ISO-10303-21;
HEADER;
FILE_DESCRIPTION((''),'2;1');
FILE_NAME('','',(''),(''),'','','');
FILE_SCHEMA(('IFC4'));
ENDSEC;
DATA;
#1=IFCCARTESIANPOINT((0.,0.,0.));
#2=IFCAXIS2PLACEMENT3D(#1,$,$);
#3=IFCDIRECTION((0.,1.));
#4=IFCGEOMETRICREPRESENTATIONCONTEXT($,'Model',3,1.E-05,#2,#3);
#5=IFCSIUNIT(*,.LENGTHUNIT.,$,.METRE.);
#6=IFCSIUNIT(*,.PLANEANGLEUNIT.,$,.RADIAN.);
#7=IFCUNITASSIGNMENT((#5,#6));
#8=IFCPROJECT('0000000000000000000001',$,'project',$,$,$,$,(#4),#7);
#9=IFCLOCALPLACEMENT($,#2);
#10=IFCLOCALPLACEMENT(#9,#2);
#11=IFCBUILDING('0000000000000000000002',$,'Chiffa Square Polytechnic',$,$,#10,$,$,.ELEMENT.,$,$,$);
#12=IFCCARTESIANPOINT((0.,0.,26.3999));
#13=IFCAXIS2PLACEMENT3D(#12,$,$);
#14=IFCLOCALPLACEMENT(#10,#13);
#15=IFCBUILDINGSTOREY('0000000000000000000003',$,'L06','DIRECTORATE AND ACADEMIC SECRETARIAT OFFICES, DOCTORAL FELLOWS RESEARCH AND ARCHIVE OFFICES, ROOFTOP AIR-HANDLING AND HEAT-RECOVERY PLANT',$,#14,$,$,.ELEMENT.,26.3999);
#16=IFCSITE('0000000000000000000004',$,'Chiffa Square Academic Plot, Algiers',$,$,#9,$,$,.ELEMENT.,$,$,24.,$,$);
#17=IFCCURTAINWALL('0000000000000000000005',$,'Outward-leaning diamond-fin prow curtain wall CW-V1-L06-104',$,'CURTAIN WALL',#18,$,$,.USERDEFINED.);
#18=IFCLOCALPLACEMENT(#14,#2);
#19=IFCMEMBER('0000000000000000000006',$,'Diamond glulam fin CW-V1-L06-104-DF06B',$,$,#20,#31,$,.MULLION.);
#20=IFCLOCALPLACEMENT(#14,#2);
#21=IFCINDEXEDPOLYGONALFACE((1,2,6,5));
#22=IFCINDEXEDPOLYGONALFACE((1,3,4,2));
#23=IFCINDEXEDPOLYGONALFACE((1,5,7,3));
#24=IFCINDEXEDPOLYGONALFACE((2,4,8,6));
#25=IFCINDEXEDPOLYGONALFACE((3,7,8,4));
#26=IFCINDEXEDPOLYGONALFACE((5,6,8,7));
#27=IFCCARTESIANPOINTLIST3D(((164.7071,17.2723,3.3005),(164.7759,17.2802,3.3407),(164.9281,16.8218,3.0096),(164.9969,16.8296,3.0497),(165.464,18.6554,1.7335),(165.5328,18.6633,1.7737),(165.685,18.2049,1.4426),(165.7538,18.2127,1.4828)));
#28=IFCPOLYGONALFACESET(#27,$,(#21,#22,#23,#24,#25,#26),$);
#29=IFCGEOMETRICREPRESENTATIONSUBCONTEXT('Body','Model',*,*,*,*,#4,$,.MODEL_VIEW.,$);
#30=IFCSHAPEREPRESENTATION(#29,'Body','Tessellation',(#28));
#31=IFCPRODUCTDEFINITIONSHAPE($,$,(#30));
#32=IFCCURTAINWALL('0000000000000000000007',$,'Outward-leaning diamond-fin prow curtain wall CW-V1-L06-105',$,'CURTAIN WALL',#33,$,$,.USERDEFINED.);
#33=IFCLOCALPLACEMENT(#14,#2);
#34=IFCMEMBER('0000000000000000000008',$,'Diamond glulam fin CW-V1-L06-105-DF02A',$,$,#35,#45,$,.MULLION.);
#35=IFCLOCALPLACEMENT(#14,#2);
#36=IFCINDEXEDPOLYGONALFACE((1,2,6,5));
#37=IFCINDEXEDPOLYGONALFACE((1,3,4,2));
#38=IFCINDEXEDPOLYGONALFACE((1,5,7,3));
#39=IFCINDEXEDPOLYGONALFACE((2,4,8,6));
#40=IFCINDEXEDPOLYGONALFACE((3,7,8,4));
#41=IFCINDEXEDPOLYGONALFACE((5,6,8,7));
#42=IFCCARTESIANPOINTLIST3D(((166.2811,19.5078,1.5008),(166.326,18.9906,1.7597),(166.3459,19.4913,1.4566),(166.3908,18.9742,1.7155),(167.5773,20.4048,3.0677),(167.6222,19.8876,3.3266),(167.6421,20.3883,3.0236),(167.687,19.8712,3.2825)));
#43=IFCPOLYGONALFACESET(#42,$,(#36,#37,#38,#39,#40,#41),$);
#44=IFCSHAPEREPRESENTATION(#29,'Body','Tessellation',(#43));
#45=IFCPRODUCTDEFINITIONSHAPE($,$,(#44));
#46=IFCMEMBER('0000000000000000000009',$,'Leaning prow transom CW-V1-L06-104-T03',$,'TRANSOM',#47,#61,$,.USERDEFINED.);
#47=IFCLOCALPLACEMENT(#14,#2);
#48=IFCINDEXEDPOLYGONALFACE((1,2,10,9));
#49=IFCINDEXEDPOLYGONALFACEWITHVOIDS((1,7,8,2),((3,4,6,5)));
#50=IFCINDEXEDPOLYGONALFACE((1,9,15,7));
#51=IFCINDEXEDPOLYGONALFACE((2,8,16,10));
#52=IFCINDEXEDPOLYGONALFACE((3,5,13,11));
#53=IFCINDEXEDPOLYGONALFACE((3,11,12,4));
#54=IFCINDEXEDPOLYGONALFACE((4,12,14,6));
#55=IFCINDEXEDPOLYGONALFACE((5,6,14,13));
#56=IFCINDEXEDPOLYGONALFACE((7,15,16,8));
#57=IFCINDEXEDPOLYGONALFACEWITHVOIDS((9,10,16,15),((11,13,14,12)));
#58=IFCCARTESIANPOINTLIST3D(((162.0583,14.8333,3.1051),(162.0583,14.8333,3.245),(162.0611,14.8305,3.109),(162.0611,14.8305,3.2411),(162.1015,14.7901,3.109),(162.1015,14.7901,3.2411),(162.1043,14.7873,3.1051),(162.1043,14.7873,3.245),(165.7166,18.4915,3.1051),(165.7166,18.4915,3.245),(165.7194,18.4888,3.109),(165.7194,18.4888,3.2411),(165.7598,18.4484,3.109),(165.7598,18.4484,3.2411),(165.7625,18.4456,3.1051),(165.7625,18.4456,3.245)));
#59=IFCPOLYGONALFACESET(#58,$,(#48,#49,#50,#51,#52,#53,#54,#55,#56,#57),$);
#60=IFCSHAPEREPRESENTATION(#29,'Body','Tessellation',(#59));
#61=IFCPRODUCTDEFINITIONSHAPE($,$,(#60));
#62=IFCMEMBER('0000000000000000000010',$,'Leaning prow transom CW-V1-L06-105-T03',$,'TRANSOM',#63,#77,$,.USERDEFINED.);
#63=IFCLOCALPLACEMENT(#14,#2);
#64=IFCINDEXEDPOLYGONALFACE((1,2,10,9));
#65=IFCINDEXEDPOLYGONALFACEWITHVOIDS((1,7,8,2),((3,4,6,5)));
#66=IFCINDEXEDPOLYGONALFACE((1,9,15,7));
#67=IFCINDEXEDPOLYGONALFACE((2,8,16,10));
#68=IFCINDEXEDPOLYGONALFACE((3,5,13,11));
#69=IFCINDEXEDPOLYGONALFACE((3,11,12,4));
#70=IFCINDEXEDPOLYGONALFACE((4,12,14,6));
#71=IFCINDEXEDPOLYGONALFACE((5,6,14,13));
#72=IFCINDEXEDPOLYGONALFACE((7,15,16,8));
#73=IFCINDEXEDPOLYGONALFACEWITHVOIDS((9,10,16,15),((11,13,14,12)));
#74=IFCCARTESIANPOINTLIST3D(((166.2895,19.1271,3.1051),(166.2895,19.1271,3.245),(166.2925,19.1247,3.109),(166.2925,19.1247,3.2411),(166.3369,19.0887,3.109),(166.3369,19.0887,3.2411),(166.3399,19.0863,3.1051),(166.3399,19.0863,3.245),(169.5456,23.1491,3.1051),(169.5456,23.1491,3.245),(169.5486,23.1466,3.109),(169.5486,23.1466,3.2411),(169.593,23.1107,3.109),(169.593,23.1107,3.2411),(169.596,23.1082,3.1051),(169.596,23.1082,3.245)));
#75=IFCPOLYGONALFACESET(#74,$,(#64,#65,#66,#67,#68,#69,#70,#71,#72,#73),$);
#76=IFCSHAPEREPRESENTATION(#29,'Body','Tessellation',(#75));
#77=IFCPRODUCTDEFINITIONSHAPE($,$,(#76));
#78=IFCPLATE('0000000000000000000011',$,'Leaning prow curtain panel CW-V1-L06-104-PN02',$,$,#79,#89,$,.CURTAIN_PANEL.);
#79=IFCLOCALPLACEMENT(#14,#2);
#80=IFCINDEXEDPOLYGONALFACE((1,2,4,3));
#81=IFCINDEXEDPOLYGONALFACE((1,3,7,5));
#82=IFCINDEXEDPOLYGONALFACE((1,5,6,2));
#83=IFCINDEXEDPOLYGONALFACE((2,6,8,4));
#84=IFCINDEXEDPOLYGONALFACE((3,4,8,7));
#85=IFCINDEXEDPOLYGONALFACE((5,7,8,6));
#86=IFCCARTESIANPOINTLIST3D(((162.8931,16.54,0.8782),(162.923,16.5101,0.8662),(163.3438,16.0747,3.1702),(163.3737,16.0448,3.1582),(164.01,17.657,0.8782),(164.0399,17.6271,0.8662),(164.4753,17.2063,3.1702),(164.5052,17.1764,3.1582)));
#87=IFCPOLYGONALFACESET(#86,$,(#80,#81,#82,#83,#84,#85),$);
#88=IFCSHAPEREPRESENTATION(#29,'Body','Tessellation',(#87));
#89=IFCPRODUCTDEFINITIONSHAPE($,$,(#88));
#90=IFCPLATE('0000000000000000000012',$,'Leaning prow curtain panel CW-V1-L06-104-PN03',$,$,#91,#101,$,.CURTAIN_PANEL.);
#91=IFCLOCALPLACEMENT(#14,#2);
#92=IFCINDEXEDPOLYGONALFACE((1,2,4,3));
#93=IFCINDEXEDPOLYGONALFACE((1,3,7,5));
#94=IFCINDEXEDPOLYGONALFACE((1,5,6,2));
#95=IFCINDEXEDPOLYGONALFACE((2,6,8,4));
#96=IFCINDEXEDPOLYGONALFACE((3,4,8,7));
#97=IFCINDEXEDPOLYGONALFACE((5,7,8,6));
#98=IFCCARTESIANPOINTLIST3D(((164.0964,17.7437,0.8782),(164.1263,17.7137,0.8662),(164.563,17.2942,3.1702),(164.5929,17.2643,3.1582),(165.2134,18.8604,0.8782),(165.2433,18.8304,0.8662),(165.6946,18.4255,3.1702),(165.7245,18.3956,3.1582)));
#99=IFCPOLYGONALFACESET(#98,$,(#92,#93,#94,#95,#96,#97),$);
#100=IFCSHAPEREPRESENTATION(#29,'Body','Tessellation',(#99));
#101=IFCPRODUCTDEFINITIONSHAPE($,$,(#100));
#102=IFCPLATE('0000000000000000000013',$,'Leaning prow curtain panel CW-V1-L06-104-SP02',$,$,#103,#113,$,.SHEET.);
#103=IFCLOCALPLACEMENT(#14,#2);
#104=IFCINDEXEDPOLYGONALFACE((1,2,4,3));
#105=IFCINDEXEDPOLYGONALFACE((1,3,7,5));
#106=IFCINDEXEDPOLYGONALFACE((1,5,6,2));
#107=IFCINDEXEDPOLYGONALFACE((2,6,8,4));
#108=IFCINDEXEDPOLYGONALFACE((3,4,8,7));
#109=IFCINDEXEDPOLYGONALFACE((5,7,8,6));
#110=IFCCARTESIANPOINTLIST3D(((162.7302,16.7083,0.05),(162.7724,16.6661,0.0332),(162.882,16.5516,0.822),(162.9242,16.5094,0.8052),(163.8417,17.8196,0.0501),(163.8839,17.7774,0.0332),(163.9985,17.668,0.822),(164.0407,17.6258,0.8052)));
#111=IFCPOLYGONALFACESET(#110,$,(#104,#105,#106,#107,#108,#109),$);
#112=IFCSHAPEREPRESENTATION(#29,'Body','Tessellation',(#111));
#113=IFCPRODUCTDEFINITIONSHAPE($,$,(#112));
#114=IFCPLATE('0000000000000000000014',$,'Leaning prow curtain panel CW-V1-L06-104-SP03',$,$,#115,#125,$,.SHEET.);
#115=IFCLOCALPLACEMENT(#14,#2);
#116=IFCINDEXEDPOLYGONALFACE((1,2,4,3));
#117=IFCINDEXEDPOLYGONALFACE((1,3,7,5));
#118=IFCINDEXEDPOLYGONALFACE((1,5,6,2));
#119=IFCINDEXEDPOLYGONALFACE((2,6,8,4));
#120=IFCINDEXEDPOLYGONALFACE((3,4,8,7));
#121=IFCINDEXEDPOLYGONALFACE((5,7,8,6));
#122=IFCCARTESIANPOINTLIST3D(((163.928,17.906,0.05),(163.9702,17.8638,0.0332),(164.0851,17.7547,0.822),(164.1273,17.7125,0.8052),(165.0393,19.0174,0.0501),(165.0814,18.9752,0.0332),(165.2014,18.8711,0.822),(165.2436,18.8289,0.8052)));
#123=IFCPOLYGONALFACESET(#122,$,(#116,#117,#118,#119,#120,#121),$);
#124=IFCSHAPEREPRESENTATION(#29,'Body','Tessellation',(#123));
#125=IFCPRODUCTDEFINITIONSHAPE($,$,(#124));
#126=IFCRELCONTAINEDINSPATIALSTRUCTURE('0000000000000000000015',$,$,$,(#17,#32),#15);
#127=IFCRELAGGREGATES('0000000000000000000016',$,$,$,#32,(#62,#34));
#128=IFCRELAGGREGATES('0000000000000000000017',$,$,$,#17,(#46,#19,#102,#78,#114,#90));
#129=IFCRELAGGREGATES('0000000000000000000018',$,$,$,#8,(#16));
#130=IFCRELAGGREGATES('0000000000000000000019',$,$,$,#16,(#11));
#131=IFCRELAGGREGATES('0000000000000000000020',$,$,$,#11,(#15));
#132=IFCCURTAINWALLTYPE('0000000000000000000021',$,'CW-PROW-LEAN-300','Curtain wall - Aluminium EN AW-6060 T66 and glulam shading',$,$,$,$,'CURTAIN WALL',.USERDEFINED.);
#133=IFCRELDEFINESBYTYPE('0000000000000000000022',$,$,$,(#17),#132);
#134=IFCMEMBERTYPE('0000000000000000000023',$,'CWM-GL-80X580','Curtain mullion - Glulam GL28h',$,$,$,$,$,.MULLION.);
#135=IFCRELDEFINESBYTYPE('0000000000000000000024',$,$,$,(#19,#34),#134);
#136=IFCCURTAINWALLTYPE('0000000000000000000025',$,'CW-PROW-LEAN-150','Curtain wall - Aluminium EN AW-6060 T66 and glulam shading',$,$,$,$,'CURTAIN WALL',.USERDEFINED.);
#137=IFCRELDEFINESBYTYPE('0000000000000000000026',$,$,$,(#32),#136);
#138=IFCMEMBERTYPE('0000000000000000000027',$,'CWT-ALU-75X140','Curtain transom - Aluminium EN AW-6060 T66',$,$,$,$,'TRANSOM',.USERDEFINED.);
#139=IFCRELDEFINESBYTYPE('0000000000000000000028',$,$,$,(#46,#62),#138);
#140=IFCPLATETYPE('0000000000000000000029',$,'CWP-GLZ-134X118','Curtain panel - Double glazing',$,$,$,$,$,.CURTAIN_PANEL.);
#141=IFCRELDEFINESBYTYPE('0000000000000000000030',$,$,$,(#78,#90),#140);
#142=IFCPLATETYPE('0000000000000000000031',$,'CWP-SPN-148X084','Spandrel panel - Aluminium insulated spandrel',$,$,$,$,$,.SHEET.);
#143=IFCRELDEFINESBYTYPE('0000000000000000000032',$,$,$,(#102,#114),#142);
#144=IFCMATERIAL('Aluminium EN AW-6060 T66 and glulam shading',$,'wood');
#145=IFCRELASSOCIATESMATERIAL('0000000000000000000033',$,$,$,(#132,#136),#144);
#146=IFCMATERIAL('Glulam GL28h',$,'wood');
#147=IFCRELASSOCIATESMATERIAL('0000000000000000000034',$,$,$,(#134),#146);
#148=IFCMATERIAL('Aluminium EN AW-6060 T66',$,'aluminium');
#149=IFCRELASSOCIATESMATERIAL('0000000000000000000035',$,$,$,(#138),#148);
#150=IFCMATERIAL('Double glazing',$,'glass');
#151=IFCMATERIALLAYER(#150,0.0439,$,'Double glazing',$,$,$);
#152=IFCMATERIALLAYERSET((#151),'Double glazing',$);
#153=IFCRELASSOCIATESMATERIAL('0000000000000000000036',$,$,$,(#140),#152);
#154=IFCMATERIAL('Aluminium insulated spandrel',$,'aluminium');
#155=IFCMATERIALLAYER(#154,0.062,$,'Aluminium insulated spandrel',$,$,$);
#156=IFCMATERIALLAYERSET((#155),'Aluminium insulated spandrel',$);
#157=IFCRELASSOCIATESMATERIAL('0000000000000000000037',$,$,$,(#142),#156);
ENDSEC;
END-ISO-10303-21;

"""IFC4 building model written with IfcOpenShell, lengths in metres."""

from ifc_helpers import new_model, si_unit, direction, frame, origin, origin_2d, place, context, subcontext, project, spatial, polyline, rectangle, hollow_rectangle, outline, extrude, material, layer, layer_set, material_profile, profile_set, type_object, element, aggregate, save


model = new_model("IFC4")

# Units and contexts
model_context = context("Model", 3, precision=1e-05, world=origin(), true_north=direction((0.0, 1.0)))
body_context = subcontext(model_context, "Body", "Model", "MODEL_VIEW")
ifc_project = project(units=[si_unit("LENGTHUNIT", "METRE"), si_unit("PLANEANGLEUNIT", "RADIAN")], contexts=[model_context])

# Site, building, storey
site_placement = place(None, origin())
site = spatial("IfcSite", under=ifc_project, at=site_placement, Name="Chiffa Square Academic Plot, Algiers", CompositionType="ELEMENT", RefElevation=24.0)
building_placement = place(site_placement, origin())
building = spatial("IfcBuilding", under=site, at=building_placement, Name="Chiffa Square Polytechnic", CompositionType="ELEMENT")
storey_placement = place(building_placement, frame((0.0, 0.0, 26.3999)))
storey = spatial("IfcBuildingStorey", under=building, at=storey_placement, Name="L06", Description="DIRECTORATE AND ACADEMIC SECRETARIAT OFFICES, DOCTORAL FELLOWS RESEARCH AND ARCHIVE OFFICES, ROOFTOP AIR-HANDLING AND HEAT-RECOVERY PLANT", CompositionType="ELEMENT", Elevation=26.3999)

# Curtain wall, member
ifc_material_1 = material(Name="Aluminium EN AW-6060 T66 and glulam shading", Category="wood")
curtain_wall_type_1 = type_object("IfcCurtainWallType", Name="CW-PROW-LEAN-300", Description="Curtain wall - Aluminium EN AW-6060 T66 and glulam shading", ElementType="CURTAIN WALL", PredefinedType="USERDEFINED", material=ifc_material_1)
curtain_wall_1_placement = place(storey_placement, origin())
curtain_wall_1 = element("IfcCurtainWall", 1, at=curtain_wall_1_placement, inside=storey, type_object=curtain_wall_type_1, Name="Outward-leaning diamond-fin prow curtain wall CW-V1-L06-104", ObjectType="CURTAIN WALL", PredefinedType="USERDEFINED")
ifc_material_2 = material(Name="Aluminium EN AW-6060 T66", Category="aluminium")
ifc_material_3 = material(Name="Glulam GL28h", Category="wood")
ifc_material_profile_1 = material_profile(ifc_material_3, rectangle(XDim=0.0801, YDim=0.5801, at=origin_2d()), Name="GL28h 80x580")
ifc_profile_set_1 = profile_set([ifc_material_profile_1], Name="Glulam GL28h")
member_type_1 = type_object("IfcMemberType", Name="CWM-GL-80X580", Description="Curtain mullion - Glulam GL28h", PredefinedType="MULLION", material=ifc_profile_set_1)
member_1_placement = place(storey_placement, frame((165.6089, 18.4341, 1.6082), z_axis=(-0.340489, -0.622216, 0.704922), x_axis=(0.859586, 0.097823, 0.50154)))
member_1 = element("IfcMember", 2, at=member_1_placement, type_object=member_type_1, Name="Diamond glulam fin CW-V1-L06-104-DF06B", PredefinedType="MULLION", context=body_context, shape_type="SweptSolid", body=[
    extrude(rectangle(XDim=0.0801, YDim=0.5801, at=origin_2d()), origin(), (0.0, 0.0, 1.0), 2.2229),
])

# Curtain wall, member
curtain_wall_type_2 = type_object("IfcCurtainWallType", Name="CW-PROW-LEAN-150", Description="Curtain wall - Aluminium EN AW-6060 T66 and glulam shading", ElementType="CURTAIN WALL", PredefinedType="USERDEFINED", material=ifc_material_1)
curtain_wall_2_placement = place(storey_placement, origin())
curtain_wall_2 = element("IfcCurtainWall", 3, at=curtain_wall_2_placement, inside=storey, type_object=curtain_wall_type_2, Name="Outward-leaning diamond-fin prow curtain wall CW-V1-L06-105", ObjectType="CURTAIN WALL", PredefinedType="USERDEFINED")
member_2_placement = place(storey_placement, frame((166.3359, 19.241, 1.6082), z_axis=(0.58318, 0.403579, 0.705), x_axis=(-0.808647, 0.205709, 0.551157)))
member_2 = element("IfcMember", 4, at=member_2_placement, type_object=member_type_1, Name="Diamond glulam fin CW-V1-L06-105-DF02A", PredefinedType="MULLION", context=body_context, shape_type="SweptSolid", body=[
    extrude(rectangle(XDim=0.0801, YDim=0.5801, at=origin_2d()), origin(), (0.0, 0.0, 1.0), 2.2227),
])

# Members
ifc_material_profile_2 = material_profile(ifc_material_2, hollow_rectangle(XDim=0.0649, YDim=0.1399, WallThickness=0.0039, at=origin_2d()), Name="ALU 65x140x4")
ifc_profile_set_2 = profile_set([ifc_material_profile_2], Name="Aluminium EN AW-6060 T66")
member_type_2 = type_object("IfcMemberType", Name="CWT-ALU-75X140", Description="Curtain transom - Aluminium EN AW-6060 T66", ElementType="TRANSOM", PredefinedType="USERDEFINED", material=ifc_profile_set_2)
member_3_placement = place(storey_placement, frame((162.0813, 14.8103, 3.175), z_axis=(0.707107, 0.707107, 0.0), x_axis=(-0.707107, 0.707107, 0.0)))
member_3 = element("IfcMember", 5, at=member_3_placement, type_object=member_type_2, Name="Leaning prow transom CW-V1-L06-104-T03", ObjectType="TRANSOM", PredefinedType="USERDEFINED", context=body_context, shape_type="SweptSolid", body=[
    extrude(hollow_rectangle(XDim=0.0649, YDim=0.1399, WallThickness=0.0039, at=origin_2d()), origin(), (0.0, 0.0, 1.0), 5.1736),
])
member_4_placement = place(storey_placement, frame((166.3147, 19.1067, 3.175), z_axis=(0.629224, 0.777224, 0.0), x_axis=(-0.777224, 0.629224, 0.0)))
member_4 = element("IfcMember", 6, at=member_4_placement, type_object=member_type_2, Name="Leaning prow transom CW-V1-L06-105-T03", ObjectType="TRANSOM", PredefinedType="USERDEFINED", context=body_context, shape_type="SweptSolid", body=[
    extrude(hollow_rectangle(XDim=0.0649, YDim=0.1399, WallThickness=0.0039, at=origin_2d()), origin(), (0.0, 0.0, 1.0), 5.1748),
])
aggregate(curtain_wall_2, [member_4, member_2])

# Plates
ifc_material_4 = material(Name="Double glazing", Category="glass")
ifc_layer_1 = layer(ifc_material_4, 0.0439, Name="Double glazing")
ifc_layer_set_1 = layer_set([ifc_layer_1], Name="Double glazing")
plate_type_1 = type_object("IfcPlateType", Name="CWP-GLZ-134X118", Description="Curtain panel - Double glazing", PredefinedType="CURTAIN_PANEL", material=ifc_layer_set_1)
plate_1_placement = place(storey_placement, frame((162.8931, 16.54, 0.8782), z_axis=(-0.680457, 0.680457, 0.271951), x_axis=(0.707107, 0.707107, 0.0)))
plate_1 = element("IfcPlate", 7, at=plate_1_placement, type_object=plate_type_1, Name="Leaning prow curtain panel CW-V1-L06-104-PN02", PredefinedType="CURTAIN_PANEL", context=body_context, shape_type="SweptSolid", body=[
    extrude(outline(polyline([(0.0, 0.0), (1.5796, 0.0), (1.59, -2.3818), (-0.0104, -2.3818), (0.0, 0.0)])), origin(), (0.0, 0.0, -1.0), 0.0439),
])
plate_2_placement = place(storey_placement, frame((164.0964, 17.7437, 0.8782), z_axis=(-0.680383, 0.680531, 0.27195), x_axis=(0.707184, 0.70703, 0.0)))
plate_2 = element("IfcPlate", 8, at=plate_2_placement, type_object=plate_type_1, Name="Leaning prow curtain panel CW-V1-L06-104-PN03", PredefinedType="CURTAIN_PANEL", context=body_context, shape_type="SweptSolid", body=[
    extrude(outline(polyline([(0.0, 0.0), (1.5794, 0.0), (1.6123, -2.3818), (0.0122, -2.3818), (0.0, 0.0)])), origin(), (0.0, 0.0, -1.0), 0.0439),
])
ifc_material_5 = material(Name="Aluminium insulated spandrel", Category="aluminium")
ifc_layer_2 = layer(ifc_material_5, 0.062, Name="Aluminium insulated spandrel")
ifc_layer_set_2 = layer_set([ifc_layer_2], Name="Aluminium insulated spandrel")
plate_type_2 = type_object("IfcPlateType", Name="CWP-SPN-148X084", Description="Spandrel panel - Aluminium insulated spandrel", PredefinedType="SHEET", material=ifc_layer_set_2)
plate_3_placement = place(storey_placement, frame((162.7302, 16.7083, 0.05), z_axis=(-0.680428, 0.680503, 0.271906), x_axis=(0.707148, 0.707065, 0.000014)))
plate_3 = element("IfcPlate", 9, at=plate_3_placement, type_object=plate_type_2, Name="Leaning prow curtain panel CW-V1-L06-104-SP02", PredefinedType="SHEET", context=body_context, shape_type="SweptSolid", body=[
    extrude(outline(polyline([(0.0, 0.0), (1.5718, 0.0), (1.5755, -0.8022), (-0.0034, -0.8022), (0.0, 0.0)])), origin(), (0.0, 0.0, -1.0), 0.062),
])
plate_4_placement = place(storey_placement, frame((163.928, 17.906, 0.05), z_axis=(-0.680503, 0.680428, 0.271907), x_axis=(0.707071, 0.707143, 0.000014)))
plate_4 = element("IfcPlate", 10, at=plate_4_placement, type_object=plate_type_2, Name="Leaning prow curtain panel CW-V1-L06-104-SP03", PredefinedType="SHEET", context=body_context, shape_type="SweptSolid", body=[
    extrude(outline(polyline([(0.0, 0.0), (1.5717, 0.0), (1.5829, -0.8022), (0.0041, -0.8022), (0.0, 0.0)])), origin(), (0.0, 0.0, -1.0), 0.062),
])
aggregate(curtain_wall_1, [member_3, member_1, plate_3, plate_1, plate_4, plate_2])

save(model, "model.ifc")
